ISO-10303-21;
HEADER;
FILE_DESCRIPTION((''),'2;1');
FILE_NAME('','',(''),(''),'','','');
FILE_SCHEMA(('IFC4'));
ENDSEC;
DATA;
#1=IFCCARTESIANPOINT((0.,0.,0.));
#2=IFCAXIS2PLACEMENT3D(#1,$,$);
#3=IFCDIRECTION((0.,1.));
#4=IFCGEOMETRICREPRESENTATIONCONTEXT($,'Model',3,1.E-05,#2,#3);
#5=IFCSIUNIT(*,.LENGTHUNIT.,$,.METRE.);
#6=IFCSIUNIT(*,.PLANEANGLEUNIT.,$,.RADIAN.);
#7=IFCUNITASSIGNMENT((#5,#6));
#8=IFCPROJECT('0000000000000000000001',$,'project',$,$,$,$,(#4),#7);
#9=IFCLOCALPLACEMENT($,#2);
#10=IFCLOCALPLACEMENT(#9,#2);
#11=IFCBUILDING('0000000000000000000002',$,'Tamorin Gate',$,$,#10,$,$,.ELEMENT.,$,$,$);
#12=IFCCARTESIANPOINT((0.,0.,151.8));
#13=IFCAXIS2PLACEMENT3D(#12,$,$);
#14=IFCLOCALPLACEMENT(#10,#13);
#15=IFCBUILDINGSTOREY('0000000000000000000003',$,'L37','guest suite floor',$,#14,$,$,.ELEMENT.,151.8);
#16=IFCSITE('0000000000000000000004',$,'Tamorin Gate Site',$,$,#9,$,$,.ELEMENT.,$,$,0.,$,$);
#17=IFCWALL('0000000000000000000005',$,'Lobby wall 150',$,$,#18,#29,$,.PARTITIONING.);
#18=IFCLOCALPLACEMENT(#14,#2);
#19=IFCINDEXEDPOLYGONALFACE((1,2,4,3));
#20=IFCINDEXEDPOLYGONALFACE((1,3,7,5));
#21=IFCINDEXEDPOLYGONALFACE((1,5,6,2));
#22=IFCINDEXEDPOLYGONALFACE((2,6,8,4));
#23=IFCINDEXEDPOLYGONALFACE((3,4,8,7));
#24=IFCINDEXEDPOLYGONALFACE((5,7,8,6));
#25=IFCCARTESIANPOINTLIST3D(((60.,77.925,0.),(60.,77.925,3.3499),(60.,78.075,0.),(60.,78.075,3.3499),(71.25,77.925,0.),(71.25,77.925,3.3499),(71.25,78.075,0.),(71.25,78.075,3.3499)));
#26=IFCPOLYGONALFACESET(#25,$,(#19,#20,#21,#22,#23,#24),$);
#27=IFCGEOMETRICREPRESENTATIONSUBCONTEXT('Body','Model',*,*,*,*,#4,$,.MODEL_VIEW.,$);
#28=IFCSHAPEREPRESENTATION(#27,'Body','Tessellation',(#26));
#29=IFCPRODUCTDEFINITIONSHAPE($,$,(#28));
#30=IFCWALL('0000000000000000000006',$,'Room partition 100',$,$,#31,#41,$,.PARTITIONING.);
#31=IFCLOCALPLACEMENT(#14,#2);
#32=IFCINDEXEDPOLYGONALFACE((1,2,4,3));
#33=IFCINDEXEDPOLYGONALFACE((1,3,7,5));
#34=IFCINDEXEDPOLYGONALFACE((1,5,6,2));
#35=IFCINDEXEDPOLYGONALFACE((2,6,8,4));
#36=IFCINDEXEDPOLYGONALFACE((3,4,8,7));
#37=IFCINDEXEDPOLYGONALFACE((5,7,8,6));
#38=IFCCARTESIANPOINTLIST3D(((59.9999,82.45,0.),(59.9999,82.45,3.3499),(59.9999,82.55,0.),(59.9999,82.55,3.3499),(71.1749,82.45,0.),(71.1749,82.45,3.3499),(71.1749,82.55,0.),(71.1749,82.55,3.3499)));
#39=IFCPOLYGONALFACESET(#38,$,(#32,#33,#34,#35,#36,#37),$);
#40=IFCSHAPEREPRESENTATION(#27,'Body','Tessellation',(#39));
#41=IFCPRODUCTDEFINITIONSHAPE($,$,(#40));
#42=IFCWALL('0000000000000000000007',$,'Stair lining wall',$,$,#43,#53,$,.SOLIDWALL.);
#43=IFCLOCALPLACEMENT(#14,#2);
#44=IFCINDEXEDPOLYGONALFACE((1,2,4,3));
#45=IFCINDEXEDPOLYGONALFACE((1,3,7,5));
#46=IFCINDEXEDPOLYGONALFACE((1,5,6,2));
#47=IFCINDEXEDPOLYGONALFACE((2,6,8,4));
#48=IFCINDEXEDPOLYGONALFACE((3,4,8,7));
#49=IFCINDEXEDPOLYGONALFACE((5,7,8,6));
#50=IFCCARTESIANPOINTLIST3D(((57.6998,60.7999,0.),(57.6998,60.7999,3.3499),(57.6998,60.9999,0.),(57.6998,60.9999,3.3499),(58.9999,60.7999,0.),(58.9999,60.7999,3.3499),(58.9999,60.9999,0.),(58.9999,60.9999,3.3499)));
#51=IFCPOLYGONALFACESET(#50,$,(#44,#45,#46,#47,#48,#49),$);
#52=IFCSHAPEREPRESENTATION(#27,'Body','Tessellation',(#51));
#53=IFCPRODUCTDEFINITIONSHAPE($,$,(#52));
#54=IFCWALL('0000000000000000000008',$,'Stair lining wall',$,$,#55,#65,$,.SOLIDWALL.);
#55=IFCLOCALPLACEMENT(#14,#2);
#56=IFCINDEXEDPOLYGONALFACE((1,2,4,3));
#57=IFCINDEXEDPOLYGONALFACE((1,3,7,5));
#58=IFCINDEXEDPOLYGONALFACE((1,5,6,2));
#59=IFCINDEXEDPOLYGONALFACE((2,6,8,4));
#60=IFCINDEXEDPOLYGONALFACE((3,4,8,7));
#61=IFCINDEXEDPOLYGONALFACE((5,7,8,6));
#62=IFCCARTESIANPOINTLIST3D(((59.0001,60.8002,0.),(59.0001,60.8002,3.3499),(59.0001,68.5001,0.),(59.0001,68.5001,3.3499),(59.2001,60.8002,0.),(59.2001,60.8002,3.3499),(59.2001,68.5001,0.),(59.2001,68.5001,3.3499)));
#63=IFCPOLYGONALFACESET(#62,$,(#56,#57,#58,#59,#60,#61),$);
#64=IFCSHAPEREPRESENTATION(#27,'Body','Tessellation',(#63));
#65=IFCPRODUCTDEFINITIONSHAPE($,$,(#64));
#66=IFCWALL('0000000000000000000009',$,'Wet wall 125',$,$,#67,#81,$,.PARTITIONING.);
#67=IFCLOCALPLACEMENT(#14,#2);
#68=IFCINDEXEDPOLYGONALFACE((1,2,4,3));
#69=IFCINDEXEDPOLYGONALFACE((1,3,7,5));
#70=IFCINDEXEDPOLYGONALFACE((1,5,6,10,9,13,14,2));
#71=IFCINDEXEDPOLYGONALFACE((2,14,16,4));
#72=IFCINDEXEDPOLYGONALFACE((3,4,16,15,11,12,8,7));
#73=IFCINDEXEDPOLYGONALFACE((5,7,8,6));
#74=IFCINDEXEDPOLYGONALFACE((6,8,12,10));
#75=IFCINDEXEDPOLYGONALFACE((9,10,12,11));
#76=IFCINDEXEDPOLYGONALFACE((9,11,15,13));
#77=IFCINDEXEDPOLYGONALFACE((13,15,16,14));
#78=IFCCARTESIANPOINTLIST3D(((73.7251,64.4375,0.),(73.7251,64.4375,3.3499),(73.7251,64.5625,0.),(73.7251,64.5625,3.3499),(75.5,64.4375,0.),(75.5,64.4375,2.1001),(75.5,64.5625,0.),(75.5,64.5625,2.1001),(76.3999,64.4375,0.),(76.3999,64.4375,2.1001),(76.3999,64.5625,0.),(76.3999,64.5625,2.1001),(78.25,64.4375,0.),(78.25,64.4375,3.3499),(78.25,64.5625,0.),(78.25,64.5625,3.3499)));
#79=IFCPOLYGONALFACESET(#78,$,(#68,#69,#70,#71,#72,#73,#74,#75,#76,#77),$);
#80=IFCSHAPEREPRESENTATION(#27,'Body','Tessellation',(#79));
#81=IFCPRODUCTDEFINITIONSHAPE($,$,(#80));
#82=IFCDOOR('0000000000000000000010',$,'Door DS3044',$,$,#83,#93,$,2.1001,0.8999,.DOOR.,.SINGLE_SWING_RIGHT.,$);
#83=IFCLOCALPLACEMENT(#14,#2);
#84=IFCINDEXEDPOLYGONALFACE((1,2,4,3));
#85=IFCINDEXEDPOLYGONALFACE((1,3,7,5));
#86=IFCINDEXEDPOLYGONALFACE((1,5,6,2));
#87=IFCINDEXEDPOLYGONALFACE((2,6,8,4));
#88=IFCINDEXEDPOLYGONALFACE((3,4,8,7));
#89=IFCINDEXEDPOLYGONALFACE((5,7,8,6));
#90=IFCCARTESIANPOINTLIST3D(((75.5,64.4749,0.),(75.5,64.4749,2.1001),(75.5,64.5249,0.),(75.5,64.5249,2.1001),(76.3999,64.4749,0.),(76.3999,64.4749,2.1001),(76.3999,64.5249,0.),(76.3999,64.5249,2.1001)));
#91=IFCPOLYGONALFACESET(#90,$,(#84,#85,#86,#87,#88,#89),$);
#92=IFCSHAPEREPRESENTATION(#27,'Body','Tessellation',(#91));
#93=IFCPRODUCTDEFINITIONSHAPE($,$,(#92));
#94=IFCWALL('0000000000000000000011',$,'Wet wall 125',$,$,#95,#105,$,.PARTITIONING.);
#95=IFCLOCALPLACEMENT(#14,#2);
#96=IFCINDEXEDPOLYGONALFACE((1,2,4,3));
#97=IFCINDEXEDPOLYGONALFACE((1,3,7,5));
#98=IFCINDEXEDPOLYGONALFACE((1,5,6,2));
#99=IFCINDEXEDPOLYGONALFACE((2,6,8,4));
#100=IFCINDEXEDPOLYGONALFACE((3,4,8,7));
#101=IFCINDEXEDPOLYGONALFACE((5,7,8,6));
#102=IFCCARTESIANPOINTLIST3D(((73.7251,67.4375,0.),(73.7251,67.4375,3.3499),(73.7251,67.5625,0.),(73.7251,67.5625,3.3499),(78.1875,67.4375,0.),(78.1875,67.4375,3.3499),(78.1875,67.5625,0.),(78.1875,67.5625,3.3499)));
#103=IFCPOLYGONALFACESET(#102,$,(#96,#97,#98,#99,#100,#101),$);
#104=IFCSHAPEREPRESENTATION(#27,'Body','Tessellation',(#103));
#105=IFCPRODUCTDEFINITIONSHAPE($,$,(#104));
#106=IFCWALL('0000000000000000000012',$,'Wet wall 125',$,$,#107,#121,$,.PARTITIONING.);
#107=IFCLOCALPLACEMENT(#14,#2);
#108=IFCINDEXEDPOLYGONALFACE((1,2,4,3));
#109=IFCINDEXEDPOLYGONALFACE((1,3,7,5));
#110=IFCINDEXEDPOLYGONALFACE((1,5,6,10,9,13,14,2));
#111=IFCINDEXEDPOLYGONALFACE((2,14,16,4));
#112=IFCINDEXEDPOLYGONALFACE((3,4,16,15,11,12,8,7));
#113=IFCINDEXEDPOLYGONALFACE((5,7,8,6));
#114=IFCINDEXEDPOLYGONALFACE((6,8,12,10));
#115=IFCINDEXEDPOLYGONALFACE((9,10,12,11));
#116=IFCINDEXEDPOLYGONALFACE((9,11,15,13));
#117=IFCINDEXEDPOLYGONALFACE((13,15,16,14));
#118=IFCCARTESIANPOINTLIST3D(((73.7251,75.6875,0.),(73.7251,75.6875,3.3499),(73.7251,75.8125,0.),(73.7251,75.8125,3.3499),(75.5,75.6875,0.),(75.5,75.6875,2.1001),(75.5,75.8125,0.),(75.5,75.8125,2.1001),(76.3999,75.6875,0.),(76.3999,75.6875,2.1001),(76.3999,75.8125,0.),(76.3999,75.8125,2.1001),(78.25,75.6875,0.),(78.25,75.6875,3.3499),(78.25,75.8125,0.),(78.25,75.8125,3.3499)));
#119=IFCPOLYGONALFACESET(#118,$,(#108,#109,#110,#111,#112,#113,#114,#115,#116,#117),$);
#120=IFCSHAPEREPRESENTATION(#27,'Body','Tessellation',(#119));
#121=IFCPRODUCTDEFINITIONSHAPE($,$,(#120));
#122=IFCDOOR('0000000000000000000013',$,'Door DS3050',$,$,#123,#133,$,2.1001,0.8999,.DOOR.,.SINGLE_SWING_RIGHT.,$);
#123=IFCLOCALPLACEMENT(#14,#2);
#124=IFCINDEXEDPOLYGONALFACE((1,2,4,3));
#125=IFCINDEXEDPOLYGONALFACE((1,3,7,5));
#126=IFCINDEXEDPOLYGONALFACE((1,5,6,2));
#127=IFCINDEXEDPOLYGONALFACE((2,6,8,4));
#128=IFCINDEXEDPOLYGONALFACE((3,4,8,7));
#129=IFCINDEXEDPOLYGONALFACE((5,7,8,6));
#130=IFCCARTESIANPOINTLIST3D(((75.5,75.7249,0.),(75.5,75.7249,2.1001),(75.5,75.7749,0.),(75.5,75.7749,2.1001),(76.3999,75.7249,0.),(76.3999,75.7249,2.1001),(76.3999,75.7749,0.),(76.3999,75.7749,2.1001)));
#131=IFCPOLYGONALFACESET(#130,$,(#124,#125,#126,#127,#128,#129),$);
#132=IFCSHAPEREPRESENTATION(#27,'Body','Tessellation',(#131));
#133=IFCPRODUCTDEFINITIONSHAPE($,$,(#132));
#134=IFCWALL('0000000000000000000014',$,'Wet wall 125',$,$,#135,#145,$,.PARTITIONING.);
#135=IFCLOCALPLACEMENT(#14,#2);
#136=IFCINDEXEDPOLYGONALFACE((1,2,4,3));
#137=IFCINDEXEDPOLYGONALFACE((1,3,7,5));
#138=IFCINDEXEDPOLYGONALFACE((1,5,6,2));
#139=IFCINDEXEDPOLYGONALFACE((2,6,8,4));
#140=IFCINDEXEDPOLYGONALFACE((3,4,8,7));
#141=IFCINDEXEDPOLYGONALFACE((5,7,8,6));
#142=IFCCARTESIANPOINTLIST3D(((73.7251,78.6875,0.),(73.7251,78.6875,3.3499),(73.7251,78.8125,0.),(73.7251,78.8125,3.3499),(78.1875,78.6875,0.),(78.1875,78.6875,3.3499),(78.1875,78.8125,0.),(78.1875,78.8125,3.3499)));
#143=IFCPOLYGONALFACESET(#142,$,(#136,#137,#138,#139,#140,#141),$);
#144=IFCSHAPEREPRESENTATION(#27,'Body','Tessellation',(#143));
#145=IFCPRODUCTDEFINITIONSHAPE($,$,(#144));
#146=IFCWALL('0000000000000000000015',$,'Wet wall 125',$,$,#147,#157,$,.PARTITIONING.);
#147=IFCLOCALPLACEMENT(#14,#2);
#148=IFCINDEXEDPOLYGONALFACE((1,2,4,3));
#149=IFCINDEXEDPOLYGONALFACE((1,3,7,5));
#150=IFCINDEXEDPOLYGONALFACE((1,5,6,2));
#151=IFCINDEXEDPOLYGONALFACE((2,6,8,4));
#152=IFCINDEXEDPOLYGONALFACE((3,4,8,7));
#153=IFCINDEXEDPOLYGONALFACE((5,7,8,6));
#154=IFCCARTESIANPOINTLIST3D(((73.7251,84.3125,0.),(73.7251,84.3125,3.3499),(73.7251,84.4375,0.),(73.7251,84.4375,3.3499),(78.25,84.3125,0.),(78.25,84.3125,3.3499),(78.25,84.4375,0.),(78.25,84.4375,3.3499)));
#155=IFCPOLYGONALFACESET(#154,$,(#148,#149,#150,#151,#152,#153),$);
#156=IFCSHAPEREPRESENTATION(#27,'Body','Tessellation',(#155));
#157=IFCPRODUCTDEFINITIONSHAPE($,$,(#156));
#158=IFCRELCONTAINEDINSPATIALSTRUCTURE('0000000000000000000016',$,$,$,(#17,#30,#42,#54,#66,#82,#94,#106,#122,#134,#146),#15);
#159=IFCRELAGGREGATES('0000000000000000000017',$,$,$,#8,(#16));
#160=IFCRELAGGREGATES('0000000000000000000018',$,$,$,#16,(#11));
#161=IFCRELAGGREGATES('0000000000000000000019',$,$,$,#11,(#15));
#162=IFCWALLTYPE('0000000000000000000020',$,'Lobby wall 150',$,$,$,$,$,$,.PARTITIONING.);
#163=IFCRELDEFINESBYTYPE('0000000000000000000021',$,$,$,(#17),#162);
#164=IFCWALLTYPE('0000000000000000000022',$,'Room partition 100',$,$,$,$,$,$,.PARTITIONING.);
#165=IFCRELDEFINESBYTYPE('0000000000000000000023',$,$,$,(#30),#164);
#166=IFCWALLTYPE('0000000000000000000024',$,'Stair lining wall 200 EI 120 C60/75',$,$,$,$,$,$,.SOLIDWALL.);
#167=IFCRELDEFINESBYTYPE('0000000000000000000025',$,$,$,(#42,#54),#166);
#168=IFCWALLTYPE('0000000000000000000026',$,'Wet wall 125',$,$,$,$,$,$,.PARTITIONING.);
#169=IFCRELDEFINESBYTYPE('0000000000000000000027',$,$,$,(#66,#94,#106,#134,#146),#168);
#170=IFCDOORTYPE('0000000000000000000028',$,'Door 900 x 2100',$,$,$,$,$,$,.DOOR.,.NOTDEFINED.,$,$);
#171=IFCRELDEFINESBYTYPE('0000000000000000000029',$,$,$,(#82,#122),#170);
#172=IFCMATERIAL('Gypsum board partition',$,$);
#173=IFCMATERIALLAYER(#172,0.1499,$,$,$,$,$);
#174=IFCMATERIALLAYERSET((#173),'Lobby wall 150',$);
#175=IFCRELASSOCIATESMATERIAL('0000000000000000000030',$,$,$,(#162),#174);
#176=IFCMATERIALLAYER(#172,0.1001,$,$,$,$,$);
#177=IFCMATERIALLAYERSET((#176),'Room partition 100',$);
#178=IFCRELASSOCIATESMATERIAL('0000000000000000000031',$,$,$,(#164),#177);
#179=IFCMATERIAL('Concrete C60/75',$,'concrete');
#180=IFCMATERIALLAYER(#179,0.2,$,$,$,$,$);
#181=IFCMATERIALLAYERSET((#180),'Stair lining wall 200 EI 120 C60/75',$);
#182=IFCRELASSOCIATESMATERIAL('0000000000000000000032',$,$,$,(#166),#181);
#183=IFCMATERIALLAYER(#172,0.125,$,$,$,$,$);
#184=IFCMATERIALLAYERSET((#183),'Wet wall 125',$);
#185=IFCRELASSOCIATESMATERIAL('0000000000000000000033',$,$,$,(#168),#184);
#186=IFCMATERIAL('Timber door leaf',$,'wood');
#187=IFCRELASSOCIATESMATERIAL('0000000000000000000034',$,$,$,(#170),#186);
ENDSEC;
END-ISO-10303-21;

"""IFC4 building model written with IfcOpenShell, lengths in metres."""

from ifc_helpers import new_model, si_unit, direction, frame, frame_2d, origin, place, context, subcontext, project, spatial, rectangle, extrude, material, layer, layer_set, type_object, element, fill, save


model = new_model("IFC4")

# Units and contexts
model_context = context("Model", 3, precision=1e-05, world=origin(), true_north=direction((0.0, 1.0)))
body_context = subcontext(model_context, "Body", "Model", "MODEL_VIEW")
ifc_project = project(units=[si_unit("LENGTHUNIT", "METRE"), si_unit("PLANEANGLEUNIT", "RADIAN")], contexts=[model_context])

# Site, building, storey
site_placement = place(None, origin())
site = spatial("IfcSite", under=ifc_project, at=site_placement, Name="Tamorin Gate Site", CompositionType="ELEMENT", RefElevation=0.0)
building_placement = place(site_placement, origin())
building = spatial("IfcBuilding", under=site, at=building_placement, Name="Tamorin Gate", CompositionType="ELEMENT")
storey_placement = place(building_placement, frame((0.0, 0.0, 151.8)))
storey = spatial("IfcBuildingStorey", under=building, at=storey_placement, Name="L37", Description="guest suite floor", CompositionType="ELEMENT", Elevation=151.8)

# Shared definitions
ifc_material_1 = material(Name="Gypsum board partition")
ifc_material_2 = material(Name="Timber door leaf", Category="wood")

# Walls
ifc_layer_1 = layer(ifc_material_1, 0.1499)
ifc_layer_set_1 = layer_set([ifc_layer_1], Name="Lobby wall 150")
wall_type_1 = type_object("IfcWallType", Name="Lobby wall 150", PredefinedType="PARTITIONING", material=ifc_layer_set_1)
for number, where, z_axis, x_axis, name in (
    (1, (60.0, 78.0, 0.0), (0.0, 0.0, 1.0), (1.0, 0.0, 0.0), "Lobby wall 150"),
):
    element("IfcWall", number, at=place(storey_placement, frame(where, z_axis=z_axis, x_axis=x_axis)), inside=storey, type_object=wall_type_1, Name=name, PredefinedType="PARTITIONING", context=body_context, shape_type="SweptSolid", body=[
        extrude(rectangle(XDim=11.25, YDim=0.1499, at=frame_2d((5.625, 0.0))), origin(), (0.0, 0.0, 1.0), 3.3499),
    ])
ifc_layer_2 = layer(ifc_material_1, 0.1001)
ifc_layer_set_2 = layer_set([ifc_layer_2], Name="Room partition 100")
wall_type_2 = type_object("IfcWallType", Name="Room partition 100", PredefinedType="PARTITIONING", material=ifc_layer_set_2)
wall_1_placement = place(storey_placement, frame((60.0, 82.5, 0.0), z_axis=(0.0, 0.0, 1.0), x_axis=(1.0, 0.0, 0.0)))
element("IfcWall", 2, at=wall_1_placement, inside=storey, type_object=wall_type_2, Name="Room partition 100", PredefinedType="PARTITIONING", context=body_context, shape_type="SweptSolid", body=[
    extrude(rectangle(XDim=11.175, YDim=0.1001, at=frame_2d((5.5874, 0.0))), origin(), (0.0, 0.0, 1.0), 3.3499),
])
ifc_material_3 = material(Name="Concrete C60/75", Category="concrete")
ifc_layer_3 = layer(ifc_material_3, 0.2)
ifc_layer_set_3 = layer_set([ifc_layer_3], Name="Stair lining wall 200 EI 120 C60/75")
wall_type_3 = type_object("IfcWallType", Name="Stair lining wall 200 EI 120 C60/75", PredefinedType="SOLIDWALL", material=ifc_layer_set_3)
wall_2_placement = place(storey_placement, frame((57.7, 60.8999, 0.0), z_axis=(0.0, 0.0, 1.0), x_axis=(1.0, 0.0, 0.0)))
element("IfcWall", 3, at=wall_2_placement, inside=storey, type_object=wall_type_3, Name="Stair lining wall", PredefinedType="SOLIDWALL", context=body_context, shape_type="SweptSolid", body=[
    extrude(rectangle(XDim=1.3, YDim=0.2, at=frame_2d((0.6499, 0.0))), origin(), (0.0, 0.0, 1.0), 3.3499),
])
wall_3_placement = place(storey_placement, frame((59.1001, 60.8, 0.0), z_axis=(0.0, 0.0, 1.0), x_axis=(0.0, 1.0, 0.0)))
element("IfcWall", 4, at=wall_3_placement, inside=storey, type_object=wall_type_3, Name="Stair lining wall", PredefinedType="SOLIDWALL", context=body_context, shape_type="SweptSolid", body=[
    extrude(rectangle(XDim=7.7, YDim=0.2, at=frame_2d((3.8501, 0.0))), origin(), (0.0, 0.0, 1.0), 3.3499),
])

# Wall, opening, door
ifc_layer_4 = layer(ifc_material_1, 0.125)
ifc_layer_set_4 = layer_set([ifc_layer_4], Name="Wet wall 125")
wall_type_4 = type_object("IfcWallType", Name="Wet wall 125", PredefinedType="PARTITIONING", material=ifc_layer_set_4)
wall_4_placement = place(storey_placement, frame((73.7251, 64.5, 0.0), z_axis=(0.0, 0.0, 1.0), x_axis=(1.0, 0.0, 0.0)))
wall_4 = element("IfcWall", 5, at=wall_4_placement, inside=storey, type_object=wall_type_4, Name="Wet wall 125", PredefinedType="PARTITIONING", context=body_context, shape_type="SweptSolid", body=[
    extrude(rectangle(XDim=4.5249, YDim=0.125, at=frame_2d((2.2625, 0.0))), origin(), (0.0, 0.0, 1.0), 3.3499),
])
opening_1_placement = place(wall_4_placement, frame((1.7749, 0.0, 0.0)))
opening_1 = element("IfcOpeningElement", 6, at=opening_1_placement, cuts=wall_4, PredefinedType="OPENING", context=body_context, shape_type="SweptSolid", body=[
    extrude(rectangle(XDim=0.8999, YDim=2.1001, at=frame_2d((0.45, 1.05))), frame((0.0, 0.0725, 0.0), z_axis=(0.0, -1.0, 0.0), x_axis=(1.0, 0.0, 0.0)), (0.0, 0.0, 1.0), 0.145),
])
door_type_1 = type_object("IfcDoorType", Name="Door 900 x 2100", OperationType="NOTDEFINED", PredefinedType="DOOR", material=ifc_material_2)
door_1_placement = place(opening_1_placement, origin())
door_1 = element("IfcDoor", 7, at=door_1_placement, inside=storey, type_object=door_type_1, Name="Door DS3044", OperationType="SINGLE_SWING_RIGHT", OverallHeight=2.1001, OverallWidth=0.8999, PredefinedType="DOOR", context=body_context, shape_type="SweptSolid", body=[
    extrude(rectangle(XDim=0.8999, YDim=2.1001, at=frame_2d((0.45, 1.05))), frame((0.0, 0.0249, 0.0), z_axis=(0.0, -1.0, 0.0), x_axis=(1.0, 0.0, 0.0)), (0.0, 0.0, 1.0), 0.05),
])
fill(opening_1, door_1)

# Wall
wall_5_placement = place(storey_placement, frame((73.7251, 67.5, 0.0), z_axis=(0.0, 0.0, 1.0), x_axis=(1.0, 0.0, 0.0)))
element("IfcWall", 8, at=wall_5_placement, inside=storey, type_object=wall_type_4, Name="Wet wall 125", PredefinedType="PARTITIONING", context=body_context, shape_type="SweptSolid", body=[
    extrude(rectangle(XDim=4.4624, YDim=0.125, at=frame_2d((2.2312, 0.0))), origin(), (0.0, 0.0, 1.0), 3.3499),
])

# Wall, opening, door
wall_6_placement = place(storey_placement, frame((73.7251, 75.75, 0.0), z_axis=(0.0, 0.0, 1.0), x_axis=(1.0, 0.0, 0.0)))
wall_6 = element("IfcWall", 9, at=wall_6_placement, inside=storey, type_object=wall_type_4, Name="Wet wall 125", PredefinedType="PARTITIONING", context=body_context, shape_type="SweptSolid", body=[
    extrude(rectangle(XDim=4.5249, YDim=0.125, at=frame_2d((2.2625, 0.0))), origin(), (0.0, 0.0, 1.0), 3.3499),
])
opening_2_placement = place(wall_6_placement, frame((1.7749, 0.0, 0.0)))
opening_2 = element("IfcOpeningElement", 10, at=opening_2_placement, cuts=wall_6, PredefinedType="OPENING", context=body_context, shape_type="SweptSolid", body=[
    extrude(rectangle(XDim=0.8999, YDim=2.1001, at=frame_2d((0.45, 1.05))), frame((0.0, 0.0725, 0.0), z_axis=(0.0, -1.0, 0.0), x_axis=(1.0, 0.0, 0.0)), (0.0, 0.0, 1.0), 0.145),
])
door_2_placement = place(opening_2_placement, origin())
door_2 = element("IfcDoor", 11, at=door_2_placement, inside=storey, type_object=door_type_1, Name="Door DS3050", OperationType="SINGLE_SWING_RIGHT", OverallHeight=2.1001, OverallWidth=0.8999, PredefinedType="DOOR", context=body_context, shape_type="SweptSolid", body=[
    extrude(rectangle(XDim=0.8999, YDim=2.1001, at=frame_2d((0.45, 1.05))), frame((0.0, 0.0249, 0.0), z_axis=(0.0, -1.0, 0.0), x_axis=(1.0, 0.0, 0.0)), (0.0, 0.0, 1.0), 0.05),
])
fill(opening_2, door_2)

# Walls
wall_7_placement = place(storey_placement, frame((73.7251, 78.75, 0.0), z_axis=(0.0, 0.0, 1.0), x_axis=(1.0, 0.0, 0.0)))
element("IfcWall", 12, at=wall_7_placement, inside=storey, type_object=wall_type_4, Name="Wet wall 125", PredefinedType="PARTITIONING", context=body_context, shape_type="SweptSolid", body=[
    extrude(rectangle(XDim=4.4624, YDim=0.125, at=frame_2d((2.2312, 0.0))), origin(), (0.0, 0.0, 1.0), 3.3499),
])
wall_8_placement = place(storey_placement, frame((73.7251, 84.375, 0.0), z_axis=(0.0, 0.0, 1.0), x_axis=(1.0, 0.0, 0.0)))
element("IfcWall", 13, at=wall_8_placement, inside=storey, type_object=wall_type_4, Name="Wet wall 125", PredefinedType="PARTITIONING", context=body_context, shape_type="SweptSolid", body=[
    extrude(rectangle(XDim=4.5249, YDim=0.125, at=frame_2d((2.2625, 0.0))), origin(), (0.0, 0.0, 1.0), 3.3499),
])

save(model, "model.ifc")
